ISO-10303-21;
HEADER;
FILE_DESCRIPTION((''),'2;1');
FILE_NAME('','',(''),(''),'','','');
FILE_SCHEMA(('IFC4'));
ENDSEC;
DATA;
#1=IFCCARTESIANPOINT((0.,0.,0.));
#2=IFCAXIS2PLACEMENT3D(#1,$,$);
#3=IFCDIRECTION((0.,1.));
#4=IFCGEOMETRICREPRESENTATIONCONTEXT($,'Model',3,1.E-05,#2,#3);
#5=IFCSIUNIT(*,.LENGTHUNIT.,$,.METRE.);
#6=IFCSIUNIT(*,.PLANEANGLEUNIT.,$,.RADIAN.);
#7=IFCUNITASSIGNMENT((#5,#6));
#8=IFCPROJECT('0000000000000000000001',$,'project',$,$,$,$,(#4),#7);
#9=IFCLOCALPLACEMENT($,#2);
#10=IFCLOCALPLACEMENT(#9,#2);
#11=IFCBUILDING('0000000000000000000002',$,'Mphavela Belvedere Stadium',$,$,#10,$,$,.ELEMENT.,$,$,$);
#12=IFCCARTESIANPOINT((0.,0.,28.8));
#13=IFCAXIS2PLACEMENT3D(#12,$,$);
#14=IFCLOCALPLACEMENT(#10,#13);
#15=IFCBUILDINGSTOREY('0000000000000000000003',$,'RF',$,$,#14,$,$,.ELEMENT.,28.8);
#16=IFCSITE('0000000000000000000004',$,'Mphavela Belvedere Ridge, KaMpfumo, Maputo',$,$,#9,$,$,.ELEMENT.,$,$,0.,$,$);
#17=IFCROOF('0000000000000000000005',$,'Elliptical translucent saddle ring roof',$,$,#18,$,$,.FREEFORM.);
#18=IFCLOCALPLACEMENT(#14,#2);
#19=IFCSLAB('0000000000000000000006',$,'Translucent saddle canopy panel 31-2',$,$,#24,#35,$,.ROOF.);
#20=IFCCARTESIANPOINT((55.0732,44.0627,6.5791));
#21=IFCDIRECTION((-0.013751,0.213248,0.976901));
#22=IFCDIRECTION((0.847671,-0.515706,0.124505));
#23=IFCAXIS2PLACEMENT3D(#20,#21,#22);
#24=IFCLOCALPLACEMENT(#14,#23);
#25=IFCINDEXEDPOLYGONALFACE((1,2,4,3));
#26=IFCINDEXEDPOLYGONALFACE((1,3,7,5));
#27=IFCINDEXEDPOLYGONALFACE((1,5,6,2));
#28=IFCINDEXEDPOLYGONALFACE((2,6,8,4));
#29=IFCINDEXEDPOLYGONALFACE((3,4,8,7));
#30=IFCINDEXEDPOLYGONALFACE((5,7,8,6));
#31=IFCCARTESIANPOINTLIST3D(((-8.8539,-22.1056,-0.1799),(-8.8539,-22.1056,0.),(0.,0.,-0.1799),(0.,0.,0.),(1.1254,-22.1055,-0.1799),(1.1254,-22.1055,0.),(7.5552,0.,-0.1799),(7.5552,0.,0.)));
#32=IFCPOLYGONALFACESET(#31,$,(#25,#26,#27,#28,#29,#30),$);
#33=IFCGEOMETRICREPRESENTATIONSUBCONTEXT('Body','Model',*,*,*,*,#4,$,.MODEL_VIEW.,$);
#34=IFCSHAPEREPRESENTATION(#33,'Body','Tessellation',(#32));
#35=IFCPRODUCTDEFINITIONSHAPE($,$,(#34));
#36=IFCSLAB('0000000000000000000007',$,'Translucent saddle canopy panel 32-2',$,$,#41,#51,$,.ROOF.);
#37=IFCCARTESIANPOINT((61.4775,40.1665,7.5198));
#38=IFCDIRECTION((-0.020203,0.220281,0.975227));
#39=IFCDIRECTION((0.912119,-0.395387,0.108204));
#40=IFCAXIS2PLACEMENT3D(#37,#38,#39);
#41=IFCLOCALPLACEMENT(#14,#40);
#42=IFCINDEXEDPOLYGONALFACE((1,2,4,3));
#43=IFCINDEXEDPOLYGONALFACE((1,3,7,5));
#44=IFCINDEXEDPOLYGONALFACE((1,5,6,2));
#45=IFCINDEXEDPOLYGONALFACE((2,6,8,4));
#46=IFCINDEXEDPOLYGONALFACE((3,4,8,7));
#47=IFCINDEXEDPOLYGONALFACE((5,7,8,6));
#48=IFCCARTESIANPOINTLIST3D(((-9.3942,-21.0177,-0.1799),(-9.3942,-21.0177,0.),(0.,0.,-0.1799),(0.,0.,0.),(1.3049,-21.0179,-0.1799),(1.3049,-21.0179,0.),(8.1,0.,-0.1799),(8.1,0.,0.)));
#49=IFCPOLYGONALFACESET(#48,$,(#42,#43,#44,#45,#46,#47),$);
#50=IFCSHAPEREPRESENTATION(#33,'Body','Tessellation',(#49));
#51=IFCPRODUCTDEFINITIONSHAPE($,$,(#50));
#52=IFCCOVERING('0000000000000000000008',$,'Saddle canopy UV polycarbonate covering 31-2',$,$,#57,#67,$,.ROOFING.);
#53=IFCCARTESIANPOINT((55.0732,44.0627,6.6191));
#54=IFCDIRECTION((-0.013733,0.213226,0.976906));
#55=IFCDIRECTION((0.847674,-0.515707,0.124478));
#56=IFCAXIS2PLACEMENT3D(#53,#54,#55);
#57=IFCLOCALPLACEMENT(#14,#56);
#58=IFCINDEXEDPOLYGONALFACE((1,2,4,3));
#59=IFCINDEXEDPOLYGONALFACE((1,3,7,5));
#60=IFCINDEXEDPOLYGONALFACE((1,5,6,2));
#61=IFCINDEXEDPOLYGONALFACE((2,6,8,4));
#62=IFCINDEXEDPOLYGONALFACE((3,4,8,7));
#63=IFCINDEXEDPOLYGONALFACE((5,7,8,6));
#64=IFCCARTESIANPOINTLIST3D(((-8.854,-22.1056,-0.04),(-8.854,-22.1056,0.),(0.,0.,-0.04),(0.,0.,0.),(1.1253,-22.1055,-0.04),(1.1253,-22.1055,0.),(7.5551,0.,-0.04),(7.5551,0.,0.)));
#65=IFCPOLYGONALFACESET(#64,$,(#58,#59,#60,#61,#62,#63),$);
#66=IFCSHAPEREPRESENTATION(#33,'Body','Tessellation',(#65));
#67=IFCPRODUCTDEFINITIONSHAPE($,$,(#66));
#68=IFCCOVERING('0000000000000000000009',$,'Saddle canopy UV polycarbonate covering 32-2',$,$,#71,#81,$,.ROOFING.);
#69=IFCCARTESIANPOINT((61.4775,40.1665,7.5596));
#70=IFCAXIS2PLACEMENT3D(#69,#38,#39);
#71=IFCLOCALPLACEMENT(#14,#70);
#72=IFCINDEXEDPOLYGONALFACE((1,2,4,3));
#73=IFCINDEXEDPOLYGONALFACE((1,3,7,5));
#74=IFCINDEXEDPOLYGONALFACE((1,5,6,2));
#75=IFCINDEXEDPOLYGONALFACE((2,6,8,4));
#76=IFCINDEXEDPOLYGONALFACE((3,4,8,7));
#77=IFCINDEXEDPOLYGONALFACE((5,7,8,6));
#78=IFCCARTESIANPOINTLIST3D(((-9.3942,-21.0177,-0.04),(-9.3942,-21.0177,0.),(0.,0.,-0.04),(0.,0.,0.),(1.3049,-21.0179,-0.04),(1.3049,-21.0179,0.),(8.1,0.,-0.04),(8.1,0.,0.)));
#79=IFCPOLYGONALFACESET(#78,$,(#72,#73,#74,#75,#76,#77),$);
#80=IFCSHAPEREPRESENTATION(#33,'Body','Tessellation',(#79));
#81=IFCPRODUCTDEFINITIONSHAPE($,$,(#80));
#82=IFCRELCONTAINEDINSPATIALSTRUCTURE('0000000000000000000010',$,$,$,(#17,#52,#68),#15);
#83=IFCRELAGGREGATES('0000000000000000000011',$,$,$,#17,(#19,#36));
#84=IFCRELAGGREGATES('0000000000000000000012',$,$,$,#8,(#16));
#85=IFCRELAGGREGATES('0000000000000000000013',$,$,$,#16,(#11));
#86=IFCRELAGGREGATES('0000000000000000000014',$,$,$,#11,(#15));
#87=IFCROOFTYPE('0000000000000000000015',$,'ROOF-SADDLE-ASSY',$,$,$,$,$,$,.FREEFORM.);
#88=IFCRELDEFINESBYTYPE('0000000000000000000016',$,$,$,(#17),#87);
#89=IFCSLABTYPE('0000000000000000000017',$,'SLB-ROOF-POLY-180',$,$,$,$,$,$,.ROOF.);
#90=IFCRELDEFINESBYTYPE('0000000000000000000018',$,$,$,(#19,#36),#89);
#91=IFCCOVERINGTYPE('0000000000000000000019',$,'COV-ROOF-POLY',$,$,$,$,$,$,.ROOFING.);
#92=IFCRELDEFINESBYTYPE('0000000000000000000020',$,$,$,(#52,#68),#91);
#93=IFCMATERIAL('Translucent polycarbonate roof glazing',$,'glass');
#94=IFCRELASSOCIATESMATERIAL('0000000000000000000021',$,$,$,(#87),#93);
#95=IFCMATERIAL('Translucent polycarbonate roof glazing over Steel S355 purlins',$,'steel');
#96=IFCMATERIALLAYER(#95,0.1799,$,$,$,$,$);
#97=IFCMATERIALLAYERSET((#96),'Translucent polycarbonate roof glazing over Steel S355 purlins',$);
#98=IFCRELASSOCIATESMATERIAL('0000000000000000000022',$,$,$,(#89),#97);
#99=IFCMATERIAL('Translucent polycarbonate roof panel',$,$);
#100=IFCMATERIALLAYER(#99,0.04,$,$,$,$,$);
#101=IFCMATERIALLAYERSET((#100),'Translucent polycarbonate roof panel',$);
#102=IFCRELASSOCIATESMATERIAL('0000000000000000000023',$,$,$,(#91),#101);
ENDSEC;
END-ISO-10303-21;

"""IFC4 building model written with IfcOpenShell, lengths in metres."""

from ifc_helpers import new_model, si_unit, direction, frame, origin, place, context, subcontext, project, spatial, polyline, outline, extrude, material, layer, layer_set, type_object, element, aggregate, save


model = new_model("IFC4")

# Units and contexts
model_context = context("Model", 3, precision=1e-05, world=origin(), true_north=direction((0.0, 1.0)))
body_context = subcontext(model_context, "Body", "Model", "MODEL_VIEW")
ifc_project = project(units=[si_unit("LENGTHUNIT", "METRE"), si_unit("PLANEANGLEUNIT", "RADIAN")], contexts=[model_context])

# Site, building, storey
site_placement = place(None, origin())
site = spatial("IfcSite", under=ifc_project, at=site_placement, Name="Mphavela Belvedere Ridge, KaMpfumo, Maputo", CompositionType="ELEMENT", RefElevation=0.0)
building_placement = place(site_placement, origin())
building = spatial("IfcBuilding", under=site, at=building_placement, Name="Mphavela Belvedere Stadium", CompositionType="ELEMENT")
storey_placement = place(building_placement, frame((0.0, 0.0, 28.8)))
storey = spatial("IfcBuildingStorey", under=building, at=storey_placement, Name="RF", CompositionType="ELEMENT", Elevation=28.8)

# Roof, slabs
ifc_material_1 = material(Name="Translucent polycarbonate roof glazing", Category="glass")
roof_type = type_object("IfcRoofType", Name="ROOF-SADDLE-ASSY", PredefinedType="FREEFORM", material=ifc_material_1)
roof_placement = place(storey_placement, origin())
roof = element("IfcRoof", 1, at=roof_placement, inside=storey, type_object=roof_type, Name="Elliptical translucent saddle ring roof", PredefinedType="FREEFORM")
ifc_material_2 = material(Name="Translucent polycarbonate roof glazing over Steel S355 purlins", Category="steel")
ifc_layer_1 = layer(ifc_material_2, 0.1799)
ifc_layer_set_1 = layer_set([ifc_layer_1], Name="Translucent polycarbonate roof glazing over Steel S355 purlins")
slab_type = type_object("IfcSlabType", Name="SLB-ROOF-POLY-180", PredefinedType="ROOF", material=ifc_layer_set_1)
slab_1_placement = place(storey_placement, frame((55.0732, 44.0627, 6.5791), z_axis=(-0.013751, 0.213248, 0.976901), x_axis=(0.847671, -0.515706, 0.124505)))
slab_1 = element("IfcSlab", 2, at=slab_1_placement, type_object=slab_type, Name="Translucent saddle canopy panel 31-2", PredefinedType="ROOF", context=body_context, shape_type="SweptSolid", body=[
    extrude(outline(polyline([(0.0, 0.0), (7.5552, 0.0), (1.1254, -22.1055), (-8.8539, -22.1056), (0.0, 0.0)])), origin(), (0.0, 0.0, -1.0), 0.1799),
])
slab_2_placement = place(storey_placement, frame((61.4775, 40.1665, 7.5198), z_axis=(-0.020203, 0.220281, 0.975227), x_axis=(0.912119, -0.395387, 0.108204)))
slab_2 = element("IfcSlab", 3, at=slab_2_placement, type_object=slab_type, Name="Translucent saddle canopy panel 32-2", PredefinedType="ROOF", context=body_context, shape_type="SweptSolid", body=[
    extrude(outline(polyline([(0.0, 0.0), (8.1, 0.0), (1.3049, -21.0179), (-9.3942, -21.0177), (0.0, 0.0)])), origin(), (0.0, 0.0, -1.0), 0.1799),
])
aggregate(roof, [slab_1, slab_2])

# Coverings
ifc_material_3 = material(Name="Translucent polycarbonate roof panel")
ifc_layer_2 = layer(ifc_material_3, 0.04)
ifc_layer_set_2 = layer_set([ifc_layer_2], Name="Translucent polycarbonate roof panel")
covering_type = type_object("IfcCoveringType", Name="COV-ROOF-POLY", PredefinedType="ROOFING", material=ifc_layer_set_2)
covering_1_placement = place(storey_placement, frame((55.0732, 44.0627, 6.6191), z_axis=(-0.013733, 0.213226, 0.976906), x_axis=(0.847674, -0.515707, 0.124478)))
element("IfcCovering", 4, at=covering_1_placement, inside=storey, type_object=covering_type, Name="Saddle canopy UV polycarbonate covering 31-2", PredefinedType="ROOFING", context=body_context, shape_type="SweptSolid", body=[
    extrude(outline(polyline([(0.0, 0.0), (7.5551, 0.0), (1.1253, -22.1055), (-8.854, -22.1056), (0.0, 0.0)])), origin(), (0.0, 0.0, -1.0), 0.04),
])
covering_2_placement = place(storey_placement, frame((61.4775, 40.1665, 7.5596), z_axis=(-0.020203, 0.220281, 0.975227), x_axis=(0.912119, -0.395387, 0.108204)))
element("IfcCovering", 5, at=covering_2_placement, inside=storey, type_object=covering_type, Name="Saddle canopy UV polycarbonate covering 32-2", PredefinedType="ROOFING", context=body_context, shape_type="SweptSolid", body=[
    extrude(outline(polyline([(0.0, 0.0), (8.1, 0.0), (1.3049, -21.0179), (-9.3942, -21.0177), (0.0, 0.0)])), origin(), (0.0, 0.0, -1.0), 0.04),
])

save(model, "model.ifc")
